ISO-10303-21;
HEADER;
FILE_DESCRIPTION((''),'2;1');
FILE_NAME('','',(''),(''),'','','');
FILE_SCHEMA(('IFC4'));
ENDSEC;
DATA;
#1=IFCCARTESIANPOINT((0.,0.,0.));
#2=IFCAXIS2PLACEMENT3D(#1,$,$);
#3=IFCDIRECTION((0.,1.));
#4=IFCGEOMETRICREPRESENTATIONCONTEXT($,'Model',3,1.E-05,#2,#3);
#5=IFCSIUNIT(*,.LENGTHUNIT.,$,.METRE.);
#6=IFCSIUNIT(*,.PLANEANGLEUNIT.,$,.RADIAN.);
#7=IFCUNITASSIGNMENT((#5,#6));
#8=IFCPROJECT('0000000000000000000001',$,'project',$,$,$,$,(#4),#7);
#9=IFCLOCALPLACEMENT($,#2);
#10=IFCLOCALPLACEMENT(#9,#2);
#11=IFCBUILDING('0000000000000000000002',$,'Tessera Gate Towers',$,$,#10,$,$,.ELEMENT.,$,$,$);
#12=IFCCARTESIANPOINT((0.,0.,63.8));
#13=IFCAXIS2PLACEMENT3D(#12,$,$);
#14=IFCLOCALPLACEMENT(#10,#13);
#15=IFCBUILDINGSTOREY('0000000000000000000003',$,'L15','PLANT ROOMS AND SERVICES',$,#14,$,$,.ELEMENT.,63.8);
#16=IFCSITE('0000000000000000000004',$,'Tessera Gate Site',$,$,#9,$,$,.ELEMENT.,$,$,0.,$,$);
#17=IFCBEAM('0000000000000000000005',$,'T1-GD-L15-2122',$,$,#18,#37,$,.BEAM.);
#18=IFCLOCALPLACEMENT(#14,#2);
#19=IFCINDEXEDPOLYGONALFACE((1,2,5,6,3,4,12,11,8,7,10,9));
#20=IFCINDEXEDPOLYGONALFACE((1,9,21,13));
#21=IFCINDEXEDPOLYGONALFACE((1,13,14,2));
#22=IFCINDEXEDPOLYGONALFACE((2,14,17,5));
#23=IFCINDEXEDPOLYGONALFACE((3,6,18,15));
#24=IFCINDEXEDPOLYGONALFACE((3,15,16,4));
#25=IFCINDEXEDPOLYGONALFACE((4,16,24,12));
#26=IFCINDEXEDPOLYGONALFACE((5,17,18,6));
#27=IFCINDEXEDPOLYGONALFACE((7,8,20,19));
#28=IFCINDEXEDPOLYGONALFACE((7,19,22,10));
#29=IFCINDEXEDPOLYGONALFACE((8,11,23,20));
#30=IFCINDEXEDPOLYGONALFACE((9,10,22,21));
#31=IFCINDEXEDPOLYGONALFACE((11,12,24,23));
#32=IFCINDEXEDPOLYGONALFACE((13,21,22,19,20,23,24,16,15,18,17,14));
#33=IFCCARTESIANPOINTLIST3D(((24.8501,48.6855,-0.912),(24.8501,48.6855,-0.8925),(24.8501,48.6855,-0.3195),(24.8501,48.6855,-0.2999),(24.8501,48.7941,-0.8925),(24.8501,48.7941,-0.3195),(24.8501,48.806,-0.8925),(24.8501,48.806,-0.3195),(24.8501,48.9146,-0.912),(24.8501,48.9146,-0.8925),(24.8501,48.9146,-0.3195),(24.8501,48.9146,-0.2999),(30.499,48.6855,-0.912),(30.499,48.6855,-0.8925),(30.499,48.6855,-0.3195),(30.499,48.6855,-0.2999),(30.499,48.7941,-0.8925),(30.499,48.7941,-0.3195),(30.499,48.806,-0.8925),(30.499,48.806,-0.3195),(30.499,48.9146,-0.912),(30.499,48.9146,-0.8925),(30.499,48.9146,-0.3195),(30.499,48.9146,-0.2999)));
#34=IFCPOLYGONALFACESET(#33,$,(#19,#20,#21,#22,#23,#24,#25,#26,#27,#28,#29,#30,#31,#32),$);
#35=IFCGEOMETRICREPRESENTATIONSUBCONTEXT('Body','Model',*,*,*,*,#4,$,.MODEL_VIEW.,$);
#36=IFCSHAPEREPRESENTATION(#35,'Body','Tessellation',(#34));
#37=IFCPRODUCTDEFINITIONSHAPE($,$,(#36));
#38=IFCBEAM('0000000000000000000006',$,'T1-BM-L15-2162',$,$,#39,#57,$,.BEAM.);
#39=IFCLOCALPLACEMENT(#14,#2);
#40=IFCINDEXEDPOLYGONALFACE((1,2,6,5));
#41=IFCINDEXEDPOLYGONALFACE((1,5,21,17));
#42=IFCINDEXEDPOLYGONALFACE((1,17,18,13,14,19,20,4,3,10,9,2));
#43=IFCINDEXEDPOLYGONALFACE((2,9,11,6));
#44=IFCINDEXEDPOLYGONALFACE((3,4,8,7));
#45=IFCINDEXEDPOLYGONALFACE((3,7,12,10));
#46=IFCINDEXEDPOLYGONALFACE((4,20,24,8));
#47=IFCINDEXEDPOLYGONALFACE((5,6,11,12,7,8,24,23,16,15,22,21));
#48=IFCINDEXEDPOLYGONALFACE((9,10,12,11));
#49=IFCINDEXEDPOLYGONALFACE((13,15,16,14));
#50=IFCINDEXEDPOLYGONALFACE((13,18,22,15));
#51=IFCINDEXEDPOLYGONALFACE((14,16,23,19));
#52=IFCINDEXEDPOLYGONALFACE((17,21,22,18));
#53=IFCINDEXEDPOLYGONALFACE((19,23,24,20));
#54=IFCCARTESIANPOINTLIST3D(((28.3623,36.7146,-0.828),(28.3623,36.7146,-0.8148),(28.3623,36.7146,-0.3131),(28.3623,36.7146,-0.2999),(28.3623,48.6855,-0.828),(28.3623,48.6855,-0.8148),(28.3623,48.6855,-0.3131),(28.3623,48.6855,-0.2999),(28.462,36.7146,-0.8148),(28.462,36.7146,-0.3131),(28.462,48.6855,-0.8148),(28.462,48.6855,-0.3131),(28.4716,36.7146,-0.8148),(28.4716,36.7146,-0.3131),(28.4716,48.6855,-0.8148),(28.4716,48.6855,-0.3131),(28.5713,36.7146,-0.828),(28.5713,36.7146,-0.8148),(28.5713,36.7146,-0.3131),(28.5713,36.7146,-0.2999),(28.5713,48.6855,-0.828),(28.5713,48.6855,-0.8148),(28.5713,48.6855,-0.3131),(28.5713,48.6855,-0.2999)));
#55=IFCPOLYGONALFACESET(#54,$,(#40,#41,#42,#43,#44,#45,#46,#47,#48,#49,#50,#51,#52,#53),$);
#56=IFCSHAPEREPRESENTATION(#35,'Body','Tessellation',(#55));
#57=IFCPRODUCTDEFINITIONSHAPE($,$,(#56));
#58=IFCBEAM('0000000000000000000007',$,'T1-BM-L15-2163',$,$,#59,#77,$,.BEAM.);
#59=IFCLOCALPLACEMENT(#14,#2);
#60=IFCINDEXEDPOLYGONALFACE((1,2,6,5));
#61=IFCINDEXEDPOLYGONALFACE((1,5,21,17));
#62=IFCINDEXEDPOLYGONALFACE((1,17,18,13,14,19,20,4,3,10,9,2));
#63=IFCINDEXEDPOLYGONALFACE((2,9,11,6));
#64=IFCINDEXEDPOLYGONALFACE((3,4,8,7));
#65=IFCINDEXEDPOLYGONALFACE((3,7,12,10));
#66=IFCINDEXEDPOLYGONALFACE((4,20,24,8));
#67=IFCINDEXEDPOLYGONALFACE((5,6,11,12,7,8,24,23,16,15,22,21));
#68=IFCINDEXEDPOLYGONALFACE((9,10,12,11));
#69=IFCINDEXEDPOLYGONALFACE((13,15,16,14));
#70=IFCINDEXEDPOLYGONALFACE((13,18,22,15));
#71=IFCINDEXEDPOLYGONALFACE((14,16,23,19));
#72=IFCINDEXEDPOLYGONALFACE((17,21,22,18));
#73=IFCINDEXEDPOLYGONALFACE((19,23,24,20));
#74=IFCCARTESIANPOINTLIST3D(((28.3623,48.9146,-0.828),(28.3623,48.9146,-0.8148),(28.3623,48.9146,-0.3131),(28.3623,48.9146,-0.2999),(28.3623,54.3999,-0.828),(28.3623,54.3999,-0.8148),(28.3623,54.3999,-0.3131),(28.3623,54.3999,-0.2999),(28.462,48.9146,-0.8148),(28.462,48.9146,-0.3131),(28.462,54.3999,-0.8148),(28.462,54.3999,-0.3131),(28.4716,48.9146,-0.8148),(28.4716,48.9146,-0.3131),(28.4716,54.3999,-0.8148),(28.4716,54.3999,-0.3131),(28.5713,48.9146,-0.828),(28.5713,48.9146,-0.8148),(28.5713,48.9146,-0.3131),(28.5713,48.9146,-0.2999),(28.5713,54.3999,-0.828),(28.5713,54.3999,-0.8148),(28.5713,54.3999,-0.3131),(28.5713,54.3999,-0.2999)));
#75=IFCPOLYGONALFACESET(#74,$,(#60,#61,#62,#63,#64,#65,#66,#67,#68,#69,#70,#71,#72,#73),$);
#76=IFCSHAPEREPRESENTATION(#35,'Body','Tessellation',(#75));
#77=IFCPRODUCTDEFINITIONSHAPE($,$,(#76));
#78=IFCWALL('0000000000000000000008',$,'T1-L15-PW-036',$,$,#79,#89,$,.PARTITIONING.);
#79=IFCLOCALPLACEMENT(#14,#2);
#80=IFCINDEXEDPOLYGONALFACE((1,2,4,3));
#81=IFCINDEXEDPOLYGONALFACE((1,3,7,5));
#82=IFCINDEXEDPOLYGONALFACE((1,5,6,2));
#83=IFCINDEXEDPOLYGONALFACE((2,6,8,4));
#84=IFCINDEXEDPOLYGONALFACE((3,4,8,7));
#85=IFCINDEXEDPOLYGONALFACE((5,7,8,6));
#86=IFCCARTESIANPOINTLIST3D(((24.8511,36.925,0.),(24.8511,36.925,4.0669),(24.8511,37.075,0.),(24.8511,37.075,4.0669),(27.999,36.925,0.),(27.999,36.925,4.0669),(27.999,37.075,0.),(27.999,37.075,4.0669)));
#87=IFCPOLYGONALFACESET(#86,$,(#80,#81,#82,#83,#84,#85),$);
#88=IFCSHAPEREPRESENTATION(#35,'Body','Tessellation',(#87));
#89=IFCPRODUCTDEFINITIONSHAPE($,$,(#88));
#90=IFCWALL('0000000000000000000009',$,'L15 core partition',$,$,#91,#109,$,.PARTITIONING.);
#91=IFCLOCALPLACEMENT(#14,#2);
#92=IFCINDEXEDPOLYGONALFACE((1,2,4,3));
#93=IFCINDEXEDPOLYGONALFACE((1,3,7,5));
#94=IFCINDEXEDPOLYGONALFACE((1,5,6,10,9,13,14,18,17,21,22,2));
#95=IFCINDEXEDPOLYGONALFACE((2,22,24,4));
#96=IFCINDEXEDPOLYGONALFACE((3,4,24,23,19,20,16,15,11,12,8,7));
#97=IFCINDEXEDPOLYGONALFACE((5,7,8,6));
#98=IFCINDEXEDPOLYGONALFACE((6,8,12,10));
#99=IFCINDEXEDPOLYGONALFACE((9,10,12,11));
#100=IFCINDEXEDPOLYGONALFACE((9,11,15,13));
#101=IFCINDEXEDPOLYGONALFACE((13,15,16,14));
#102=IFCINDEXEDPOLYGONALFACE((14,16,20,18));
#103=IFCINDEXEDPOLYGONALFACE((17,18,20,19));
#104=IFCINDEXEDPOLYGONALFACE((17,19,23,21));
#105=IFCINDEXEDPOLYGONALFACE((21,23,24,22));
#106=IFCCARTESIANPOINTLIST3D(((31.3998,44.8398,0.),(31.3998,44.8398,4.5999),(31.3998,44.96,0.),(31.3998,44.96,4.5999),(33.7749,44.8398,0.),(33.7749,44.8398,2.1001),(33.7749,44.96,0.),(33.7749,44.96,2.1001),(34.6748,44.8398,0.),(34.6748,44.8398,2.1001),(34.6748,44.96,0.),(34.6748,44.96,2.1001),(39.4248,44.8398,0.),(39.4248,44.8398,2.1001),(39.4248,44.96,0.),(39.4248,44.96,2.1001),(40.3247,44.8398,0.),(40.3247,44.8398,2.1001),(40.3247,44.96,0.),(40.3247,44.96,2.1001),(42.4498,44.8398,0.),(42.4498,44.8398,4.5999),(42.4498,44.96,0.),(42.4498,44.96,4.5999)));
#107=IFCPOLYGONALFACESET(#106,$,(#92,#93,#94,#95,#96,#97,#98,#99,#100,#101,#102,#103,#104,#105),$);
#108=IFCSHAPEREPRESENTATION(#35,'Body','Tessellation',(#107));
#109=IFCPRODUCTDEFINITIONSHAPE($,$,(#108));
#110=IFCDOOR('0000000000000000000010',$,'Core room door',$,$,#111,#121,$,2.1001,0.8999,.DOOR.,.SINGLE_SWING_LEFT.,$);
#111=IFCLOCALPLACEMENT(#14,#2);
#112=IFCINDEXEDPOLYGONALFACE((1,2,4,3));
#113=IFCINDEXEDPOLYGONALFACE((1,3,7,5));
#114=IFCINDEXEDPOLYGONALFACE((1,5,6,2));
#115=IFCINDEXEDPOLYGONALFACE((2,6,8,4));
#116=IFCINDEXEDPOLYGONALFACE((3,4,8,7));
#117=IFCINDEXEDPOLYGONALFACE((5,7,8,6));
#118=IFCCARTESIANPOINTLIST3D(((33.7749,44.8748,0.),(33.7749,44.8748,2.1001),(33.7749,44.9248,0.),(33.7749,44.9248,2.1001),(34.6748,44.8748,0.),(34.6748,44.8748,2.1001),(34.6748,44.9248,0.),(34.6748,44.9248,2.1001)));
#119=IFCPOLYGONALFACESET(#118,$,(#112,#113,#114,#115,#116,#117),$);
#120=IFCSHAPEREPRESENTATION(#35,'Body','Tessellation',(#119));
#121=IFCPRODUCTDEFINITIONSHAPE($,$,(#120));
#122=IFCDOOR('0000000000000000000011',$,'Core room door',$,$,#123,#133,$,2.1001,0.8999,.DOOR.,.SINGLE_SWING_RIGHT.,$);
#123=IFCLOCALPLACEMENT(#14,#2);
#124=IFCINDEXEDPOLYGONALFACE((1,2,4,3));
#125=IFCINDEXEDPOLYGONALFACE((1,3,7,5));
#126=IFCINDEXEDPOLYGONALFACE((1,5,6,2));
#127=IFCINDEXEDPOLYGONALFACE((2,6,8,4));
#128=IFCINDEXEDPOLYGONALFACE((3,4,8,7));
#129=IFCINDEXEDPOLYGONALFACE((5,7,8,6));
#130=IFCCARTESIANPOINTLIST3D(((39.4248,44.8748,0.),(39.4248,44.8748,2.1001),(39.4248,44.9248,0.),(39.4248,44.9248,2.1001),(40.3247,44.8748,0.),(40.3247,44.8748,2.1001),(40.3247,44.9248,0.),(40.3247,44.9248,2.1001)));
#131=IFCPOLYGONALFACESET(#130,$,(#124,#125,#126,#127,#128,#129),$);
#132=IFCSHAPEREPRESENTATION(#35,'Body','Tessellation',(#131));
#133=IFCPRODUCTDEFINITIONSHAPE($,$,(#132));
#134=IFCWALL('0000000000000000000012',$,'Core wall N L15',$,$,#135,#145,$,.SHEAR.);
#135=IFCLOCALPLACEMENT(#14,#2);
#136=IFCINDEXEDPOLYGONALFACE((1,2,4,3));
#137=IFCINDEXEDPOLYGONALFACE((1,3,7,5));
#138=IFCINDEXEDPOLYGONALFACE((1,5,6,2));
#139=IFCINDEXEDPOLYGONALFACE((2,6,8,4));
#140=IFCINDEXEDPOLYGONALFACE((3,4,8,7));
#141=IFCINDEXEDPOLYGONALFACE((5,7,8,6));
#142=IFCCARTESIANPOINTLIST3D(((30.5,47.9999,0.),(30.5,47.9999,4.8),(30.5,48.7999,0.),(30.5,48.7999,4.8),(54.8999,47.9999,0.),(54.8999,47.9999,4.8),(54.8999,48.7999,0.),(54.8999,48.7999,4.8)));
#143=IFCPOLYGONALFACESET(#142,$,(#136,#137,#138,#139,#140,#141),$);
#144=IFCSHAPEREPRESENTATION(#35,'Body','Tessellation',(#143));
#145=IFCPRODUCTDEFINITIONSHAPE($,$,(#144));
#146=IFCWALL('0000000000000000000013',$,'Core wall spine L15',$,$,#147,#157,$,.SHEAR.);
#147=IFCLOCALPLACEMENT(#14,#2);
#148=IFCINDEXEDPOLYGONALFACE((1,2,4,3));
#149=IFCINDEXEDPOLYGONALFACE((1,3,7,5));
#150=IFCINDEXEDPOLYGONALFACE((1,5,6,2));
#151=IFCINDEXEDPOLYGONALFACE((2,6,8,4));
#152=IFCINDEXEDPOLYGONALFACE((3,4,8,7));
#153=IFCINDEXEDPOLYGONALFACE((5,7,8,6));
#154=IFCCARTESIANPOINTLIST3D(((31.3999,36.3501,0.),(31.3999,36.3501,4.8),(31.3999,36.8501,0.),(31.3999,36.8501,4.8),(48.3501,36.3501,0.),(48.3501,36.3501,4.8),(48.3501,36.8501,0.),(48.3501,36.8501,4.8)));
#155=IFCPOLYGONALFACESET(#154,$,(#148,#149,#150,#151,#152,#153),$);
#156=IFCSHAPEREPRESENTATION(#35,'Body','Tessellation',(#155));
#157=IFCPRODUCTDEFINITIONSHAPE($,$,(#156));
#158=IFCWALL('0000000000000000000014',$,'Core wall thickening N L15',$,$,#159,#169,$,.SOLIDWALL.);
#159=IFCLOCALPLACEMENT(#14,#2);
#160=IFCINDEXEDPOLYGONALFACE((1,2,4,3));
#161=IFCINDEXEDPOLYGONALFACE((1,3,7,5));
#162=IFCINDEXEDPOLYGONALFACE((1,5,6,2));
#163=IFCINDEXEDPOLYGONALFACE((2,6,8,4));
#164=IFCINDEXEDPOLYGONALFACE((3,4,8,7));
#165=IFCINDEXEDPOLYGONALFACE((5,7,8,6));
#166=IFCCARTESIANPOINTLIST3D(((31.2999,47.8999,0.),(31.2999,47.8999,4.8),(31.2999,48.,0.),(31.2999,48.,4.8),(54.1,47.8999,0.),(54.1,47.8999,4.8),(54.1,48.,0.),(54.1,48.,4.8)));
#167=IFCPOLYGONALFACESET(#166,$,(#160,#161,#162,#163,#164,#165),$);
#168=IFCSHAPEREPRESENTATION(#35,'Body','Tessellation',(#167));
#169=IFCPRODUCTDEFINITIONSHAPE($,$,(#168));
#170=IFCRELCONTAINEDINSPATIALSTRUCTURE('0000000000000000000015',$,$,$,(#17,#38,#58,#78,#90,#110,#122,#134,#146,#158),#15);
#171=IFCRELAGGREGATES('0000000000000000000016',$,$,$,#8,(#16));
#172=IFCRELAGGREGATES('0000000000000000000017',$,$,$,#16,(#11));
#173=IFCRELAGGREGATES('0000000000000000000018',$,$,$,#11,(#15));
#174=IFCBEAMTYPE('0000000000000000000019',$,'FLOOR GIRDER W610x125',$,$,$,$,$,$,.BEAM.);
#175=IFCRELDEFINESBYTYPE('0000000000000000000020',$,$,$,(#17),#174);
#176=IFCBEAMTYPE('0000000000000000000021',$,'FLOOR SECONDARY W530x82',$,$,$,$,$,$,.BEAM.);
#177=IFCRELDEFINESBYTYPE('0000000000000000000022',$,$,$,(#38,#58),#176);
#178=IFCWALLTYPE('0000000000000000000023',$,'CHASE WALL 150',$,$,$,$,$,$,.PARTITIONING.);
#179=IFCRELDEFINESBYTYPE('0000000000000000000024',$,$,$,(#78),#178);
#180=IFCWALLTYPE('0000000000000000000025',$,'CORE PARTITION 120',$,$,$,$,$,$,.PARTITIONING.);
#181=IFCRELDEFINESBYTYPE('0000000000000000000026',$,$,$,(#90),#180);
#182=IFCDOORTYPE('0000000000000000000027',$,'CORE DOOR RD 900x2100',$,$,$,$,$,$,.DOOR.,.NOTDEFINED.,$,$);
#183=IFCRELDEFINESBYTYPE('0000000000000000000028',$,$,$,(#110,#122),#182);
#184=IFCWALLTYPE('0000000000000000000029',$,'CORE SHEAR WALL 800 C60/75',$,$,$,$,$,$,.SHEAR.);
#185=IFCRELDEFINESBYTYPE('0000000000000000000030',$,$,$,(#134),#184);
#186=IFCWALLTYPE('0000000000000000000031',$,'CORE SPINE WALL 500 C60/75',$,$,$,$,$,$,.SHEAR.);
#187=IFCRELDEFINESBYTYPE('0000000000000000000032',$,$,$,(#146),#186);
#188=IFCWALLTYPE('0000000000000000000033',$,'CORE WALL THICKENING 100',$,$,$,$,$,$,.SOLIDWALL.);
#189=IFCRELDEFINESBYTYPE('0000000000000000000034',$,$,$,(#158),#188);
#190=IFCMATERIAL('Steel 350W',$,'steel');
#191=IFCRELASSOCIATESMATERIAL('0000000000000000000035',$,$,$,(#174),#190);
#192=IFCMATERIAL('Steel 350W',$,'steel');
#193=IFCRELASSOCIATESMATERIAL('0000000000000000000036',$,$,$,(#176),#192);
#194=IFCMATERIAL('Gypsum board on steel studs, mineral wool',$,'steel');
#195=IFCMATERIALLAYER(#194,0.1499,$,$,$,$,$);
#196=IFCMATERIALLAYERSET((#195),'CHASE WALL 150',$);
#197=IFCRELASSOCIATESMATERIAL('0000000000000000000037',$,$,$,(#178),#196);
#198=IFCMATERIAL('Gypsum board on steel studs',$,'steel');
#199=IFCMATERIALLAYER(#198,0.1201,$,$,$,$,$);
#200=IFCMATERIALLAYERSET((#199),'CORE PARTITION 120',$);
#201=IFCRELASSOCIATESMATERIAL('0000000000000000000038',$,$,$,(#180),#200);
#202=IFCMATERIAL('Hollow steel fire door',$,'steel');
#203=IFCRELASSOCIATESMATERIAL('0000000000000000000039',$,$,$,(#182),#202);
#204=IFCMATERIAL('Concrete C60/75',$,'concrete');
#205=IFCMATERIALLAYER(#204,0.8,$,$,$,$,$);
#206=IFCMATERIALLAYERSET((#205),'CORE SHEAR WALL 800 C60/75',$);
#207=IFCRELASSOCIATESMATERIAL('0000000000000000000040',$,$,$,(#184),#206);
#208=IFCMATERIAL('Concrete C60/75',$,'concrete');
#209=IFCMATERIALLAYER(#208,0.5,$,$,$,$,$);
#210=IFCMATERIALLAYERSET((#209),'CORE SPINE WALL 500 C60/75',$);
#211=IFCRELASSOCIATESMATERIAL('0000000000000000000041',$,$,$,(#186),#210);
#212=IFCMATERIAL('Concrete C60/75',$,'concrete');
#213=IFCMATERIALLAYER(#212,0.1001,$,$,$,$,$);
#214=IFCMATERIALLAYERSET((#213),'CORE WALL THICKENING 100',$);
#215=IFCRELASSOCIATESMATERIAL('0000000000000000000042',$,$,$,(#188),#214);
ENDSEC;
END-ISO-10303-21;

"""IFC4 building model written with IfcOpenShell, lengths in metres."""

from ifc_helpers import new_model, si_unit, direction, frame, frame_2d, origin, origin_2d, place, context, subcontext, project, spatial, rectangle, i_section, extrude, source, transform, mapped, material, layer, layer_set, material_profile, profile_set, type_object, element, fill, save


model = new_model("IFC4")

# Units and contexts
model_context = context("Model", 3, precision=1e-05, world=origin(), true_north=direction((0.0, 1.0)))
body_context = subcontext(model_context, "Body", "Model", "MODEL_VIEW")
ifc_project = project(units=[si_unit("LENGTHUNIT", "METRE"), si_unit("PLANEANGLEUNIT", "RADIAN")], contexts=[model_context])

# Site, building, storey
site_placement = place(None, origin())
site = spatial("IfcSite", under=ifc_project, at=site_placement, Name="Tessera Gate Site", CompositionType="ELEMENT", RefElevation=0.0)
building_placement = place(site_placement, origin())
building = spatial("IfcBuilding", under=site, at=building_placement, Name="Tessera Gate Towers", CompositionType="ELEMENT")
storey_placement = place(building_placement, frame((0.0, 0.0, 63.8)))
storey = spatial("IfcBuildingStorey", under=building, at=storey_placement, Name="L15", Description="PLANT ROOMS AND SERVICES", CompositionType="ELEMENT", Elevation=63.8)

# Beams
ifc_material_1 = material(Name="Steel 350W", Category="steel")
ifc_material_profile_1 = material_profile(ifc_material_1, i_section(OverallWidth=0.229, OverallDepth=0.6121, WebThickness=0.012, FlangeThickness=0.0195, at=origin_2d()), Name="W610x125")
ifc_profile_set_1 = profile_set([ifc_material_profile_1], Name="Steel 350W")
beam_type_1 = type_object("IfcBeamType", Name="FLOOR GIRDER W610x125", PredefinedType="BEAM", material=ifc_profile_set_1)
beam_1_placement = place(storey_placement, frame((24.8501, 48.8, -0.606), z_axis=(1.0, 0.0, 0.0), x_axis=(0.0, 1.0, 0.0)))
element("IfcBeam", 1, at=beam_1_placement, inside=storey, type_object=beam_type_1, Name="T1-GD-L15-2122", PredefinedType="BEAM", context=body_context, shape_type="SweptSolid", body=[
    extrude(i_section(OverallWidth=0.229, OverallDepth=0.6121, WebThickness=0.012, FlangeThickness=0.0195, at=origin_2d()), origin(), (0.0, 0.0, 1.0), 5.6489),
])
ifc_material_2 = material(Name="Steel 350W", Category="steel")
ifc_material_profile_2 = material_profile(ifc_material_2, i_section(OverallWidth=0.209, OverallDepth=0.5281, WebThickness=0.0095, FlangeThickness=0.0132, at=origin_2d()), Name="W530x82")
ifc_profile_set_2 = profile_set([ifc_material_profile_2], Name="Steel 350W")
beam_type_2 = type_object("IfcBeamType", Name="FLOOR SECONDARY W530x82", PredefinedType="BEAM", material=ifc_profile_set_2)
beam_2_placement = place(storey_placement, frame((28.4668, 36.7146, -0.564), z_axis=(0.0, 1.0, 0.0), x_axis=(-1.0, 0.0, 0.0)))
element("IfcBeam", 2, at=beam_2_placement, inside=storey, type_object=beam_type_2, Name="T1-BM-L15-2162", PredefinedType="BEAM", context=body_context, shape_type="SweptSolid", body=[
    extrude(i_section(OverallWidth=0.209, OverallDepth=0.5281, WebThickness=0.0095, FlangeThickness=0.0132, at=origin_2d()), origin(), (0.0, 0.0, 1.0), 11.9709),
])
beam_3_placement = place(storey_placement, frame((28.4668, 48.9146, -0.564), z_axis=(0.0, 1.0, 0.0), x_axis=(-1.0, 0.0, 0.0)))
element("IfcBeam", 3, at=beam_3_placement, inside=storey, type_object=beam_type_2, Name="T1-BM-L15-2163", PredefinedType="BEAM", context=body_context, shape_type="SweptSolid", body=[
    extrude(i_section(OverallWidth=0.209, OverallDepth=0.5281, WebThickness=0.0095, FlangeThickness=0.0132, at=origin_2d()), origin(), (0.0, 0.0, 1.0), 5.4854),
])

# Wall
ifc_material_3 = material(Name="Gypsum board on steel studs, mineral wool", Category="steel")
ifc_layer_1 = layer(ifc_material_3, 0.1499)
ifc_layer_set_1 = layer_set([ifc_layer_1], Name="CHASE WALL 150")
wall_type_1 = type_object("IfcWallType", Name="CHASE WALL 150", PredefinedType="PARTITIONING", material=ifc_layer_set_1)
wall_1_placement = place(storey_placement, frame((24.8511, 37.0, 0.0), z_axis=(0.0, 0.0, 1.0), x_axis=(1.0, 0.0, 0.0)))
element("IfcWall", 4, at=wall_1_placement, inside=storey, type_object=wall_type_1, Name="T1-L15-PW-036", PredefinedType="PARTITIONING", context=body_context, shape_type="SweptSolid", body=[
    extrude(rectangle(XDim=3.1479, YDim=0.1499, at=frame_2d((1.574, 0.0))), origin(), (0.0, 0.0, 1.0), 4.0669),
])

# Wall, openings, doors
ifc_material_4 = material(Name="Gypsum board on steel studs", Category="steel")
ifc_layer_2 = layer(ifc_material_4, 0.1201)
ifc_layer_set_2 = layer_set([ifc_layer_2], Name="CORE PARTITION 120")
wall_type_2 = type_object("IfcWallType", Name="CORE PARTITION 120", PredefinedType="PARTITIONING", material=ifc_layer_set_2)
wall_2_placement = place(storey_placement, frame((31.3999, 44.8999, 0.0), z_axis=(0.0, 0.0, 1.0), x_axis=(1.0, 0.0, 0.0)))
wall_2 = element("IfcWall", 5, at=wall_2_placement, inside=storey, type_object=wall_type_2, Name="L15 core partition", PredefinedType="PARTITIONING", context=body_context, shape_type="SweptSolid", body=[
    extrude(rectangle(XDim=11.05, YDim=0.1201, at=frame_2d((5.5249, 0.0))), origin(), (0.0, 0.0, 1.0), 4.5999),
])
shared_shape_1 = source(origin(), body_context, "Body", "SweptSolid", [
    extrude(rectangle(XDim=0.8999, YDim=2.1001, at=frame_2d((0.45, 1.05))), frame((0.0, 0.0701, 0.0), z_axis=(0.0, -1.0, 0.0), x_axis=(1.0, 0.0, 0.0)), (0.0, 0.0, 1.0), 0.1401),
])
opening_1_placement = place(wall_2_placement, frame((2.375, 0.0, 0.0)))
opening_1 = element("IfcOpeningElement", 6, at=opening_1_placement, cuts=wall_2, PredefinedType="OPENING", context=body_context, shape_type="MappedRepresentation", body=[
    mapped(shared_shape_1, transform((0.0, 0.0, 0.0), scale=1.0)),
])
opening_2_placement = place(wall_2_placement, frame((8.0249, 0.0, 0.0)))
opening_2 = element("IfcOpeningElement", 7, at=opening_2_placement, cuts=wall_2, PredefinedType="OPENING", context=body_context, shape_type="MappedRepresentation", body=[
    mapped(shared_shape_1, transform((0.0, 0.0, 0.0), scale=1.0)),
])
ifc_material_5 = material(Name="Hollow steel fire door", Category="steel")
door_type_1 = type_object("IfcDoorType", Name="CORE DOOR RD 900x2100", OperationType="NOTDEFINED", PredefinedType="DOOR", material=ifc_material_5)
shared_shape_2 = source(origin(), body_context, "Body", "SweptSolid", [
    extrude(rectangle(XDim=0.8999, YDim=2.1001, at=frame_2d((0.45, 1.05))), frame((0.0, 0.0249, 0.0), z_axis=(0.0, -1.0, 0.0), x_axis=(1.0, 0.0, 0.0)), (0.0, 0.0, 1.0), 0.05),
])
door_1_placement = place(opening_1_placement, origin())
door_1 = element("IfcDoor", 8, at=door_1_placement, inside=storey, type_object=door_type_1, Name="Core room door", OperationType="SINGLE_SWING_LEFT", OverallHeight=2.1001, OverallWidth=0.8999, PredefinedType="DOOR", context=body_context, shape_type="MappedRepresentation", body=[
    mapped(shared_shape_2, transform((0.0, 0.0, 0.0), scale=1.0)),
])
fill(opening_1, door_1)
door_2_placement = place(opening_2_placement, origin())
door_2 = element("IfcDoor", 9, at=door_2_placement, inside=storey, type_object=door_type_1, Name="Core room door", OperationType="SINGLE_SWING_RIGHT", OverallHeight=2.1001, OverallWidth=0.8999, PredefinedType="DOOR", context=body_context, shape_type="MappedRepresentation", body=[
    mapped(shared_shape_2, transform((0.0, 0.0, 0.0), scale=1.0)),
])
fill(opening_2, door_2)

# Walls
ifc_material_6 = material(Name="Concrete C60/75", Category="concrete")
ifc_layer_3 = layer(ifc_material_6, 0.8)
ifc_layer_set_3 = layer_set([ifc_layer_3], Name="CORE SHEAR WALL 800 C60/75")
wall_type_3 = type_object("IfcWallType", Name="CORE SHEAR WALL 800 C60/75", PredefinedType="SHEAR", material=ifc_layer_set_3)
wall_3_placement = place(storey_placement, frame((30.5, 48.3999, 0.0), z_axis=(0.0, 0.0, 1.0), x_axis=(1.0, 0.0, 0.0)))
element("IfcWall", 10, at=wall_3_placement, inside=storey, type_object=wall_type_3, Name="Core wall N L15", PredefinedType="SHEAR", context=body_context, shape_type="SweptSolid", body=[
    extrude(rectangle(XDim=24.3999, YDim=0.8, at=frame_2d((12.2, 0.0))), origin(), (0.0, 0.0, 1.0), 4.8),
])
ifc_material_7 = material(Name="Concrete C60/75", Category="concrete")
ifc_layer_4 = layer(ifc_material_7, 0.5)
ifc_layer_set_4 = layer_set([ifc_layer_4], Name="CORE SPINE WALL 500 C60/75")
wall_type_4 = type_object("IfcWallType", Name="CORE SPINE WALL 500 C60/75", PredefinedType="SHEAR", material=ifc_layer_set_4)
wall_4_placement = place(storey_placement, frame((31.3999, 36.6001, 0.0), z_axis=(0.0, 0.0, 1.0), x_axis=(1.0, 0.0, 0.0)))
element("IfcWall", 11, at=wall_4_placement, inside=storey, type_object=wall_type_4, Name="Core wall spine L15", PredefinedType="SHEAR", context=body_context, shape_type="SweptSolid", body=[
    extrude(rectangle(XDim=16.9502, YDim=0.5, at=frame_2d((8.4751, 0.0))), origin(), (0.0, 0.0, 1.0), 4.8),
])
ifc_material_8 = material(Name="Concrete C60/75", Category="concrete")
ifc_layer_5 = layer(ifc_material_8, 0.1001)
ifc_layer_set_5 = layer_set([ifc_layer_5], Name="CORE WALL THICKENING 100")
wall_type_5 = type_object("IfcWallType", Name="CORE WALL THICKENING 100", PredefinedType="SOLIDWALL", material=ifc_layer_set_5)
wall_5_placement = place(storey_placement, frame((31.3, 47.95, 0.0), z_axis=(0.0, 0.0, 1.0), x_axis=(1.0, 0.0, 0.0)))
element("IfcWall", 12, at=wall_5_placement, inside=storey, type_object=wall_type_5, Name="Core wall thickening N L15", PredefinedType="SOLIDWALL", context=body_context, shape_type="SweptSolid", body=[
    extrude(rectangle(XDim=22.8, YDim=0.1001, at=frame_2d((11.3999, 0.0))), origin(), (0.0, 0.0, 1.0), 4.8),
])

save(model, "model.ifc")
